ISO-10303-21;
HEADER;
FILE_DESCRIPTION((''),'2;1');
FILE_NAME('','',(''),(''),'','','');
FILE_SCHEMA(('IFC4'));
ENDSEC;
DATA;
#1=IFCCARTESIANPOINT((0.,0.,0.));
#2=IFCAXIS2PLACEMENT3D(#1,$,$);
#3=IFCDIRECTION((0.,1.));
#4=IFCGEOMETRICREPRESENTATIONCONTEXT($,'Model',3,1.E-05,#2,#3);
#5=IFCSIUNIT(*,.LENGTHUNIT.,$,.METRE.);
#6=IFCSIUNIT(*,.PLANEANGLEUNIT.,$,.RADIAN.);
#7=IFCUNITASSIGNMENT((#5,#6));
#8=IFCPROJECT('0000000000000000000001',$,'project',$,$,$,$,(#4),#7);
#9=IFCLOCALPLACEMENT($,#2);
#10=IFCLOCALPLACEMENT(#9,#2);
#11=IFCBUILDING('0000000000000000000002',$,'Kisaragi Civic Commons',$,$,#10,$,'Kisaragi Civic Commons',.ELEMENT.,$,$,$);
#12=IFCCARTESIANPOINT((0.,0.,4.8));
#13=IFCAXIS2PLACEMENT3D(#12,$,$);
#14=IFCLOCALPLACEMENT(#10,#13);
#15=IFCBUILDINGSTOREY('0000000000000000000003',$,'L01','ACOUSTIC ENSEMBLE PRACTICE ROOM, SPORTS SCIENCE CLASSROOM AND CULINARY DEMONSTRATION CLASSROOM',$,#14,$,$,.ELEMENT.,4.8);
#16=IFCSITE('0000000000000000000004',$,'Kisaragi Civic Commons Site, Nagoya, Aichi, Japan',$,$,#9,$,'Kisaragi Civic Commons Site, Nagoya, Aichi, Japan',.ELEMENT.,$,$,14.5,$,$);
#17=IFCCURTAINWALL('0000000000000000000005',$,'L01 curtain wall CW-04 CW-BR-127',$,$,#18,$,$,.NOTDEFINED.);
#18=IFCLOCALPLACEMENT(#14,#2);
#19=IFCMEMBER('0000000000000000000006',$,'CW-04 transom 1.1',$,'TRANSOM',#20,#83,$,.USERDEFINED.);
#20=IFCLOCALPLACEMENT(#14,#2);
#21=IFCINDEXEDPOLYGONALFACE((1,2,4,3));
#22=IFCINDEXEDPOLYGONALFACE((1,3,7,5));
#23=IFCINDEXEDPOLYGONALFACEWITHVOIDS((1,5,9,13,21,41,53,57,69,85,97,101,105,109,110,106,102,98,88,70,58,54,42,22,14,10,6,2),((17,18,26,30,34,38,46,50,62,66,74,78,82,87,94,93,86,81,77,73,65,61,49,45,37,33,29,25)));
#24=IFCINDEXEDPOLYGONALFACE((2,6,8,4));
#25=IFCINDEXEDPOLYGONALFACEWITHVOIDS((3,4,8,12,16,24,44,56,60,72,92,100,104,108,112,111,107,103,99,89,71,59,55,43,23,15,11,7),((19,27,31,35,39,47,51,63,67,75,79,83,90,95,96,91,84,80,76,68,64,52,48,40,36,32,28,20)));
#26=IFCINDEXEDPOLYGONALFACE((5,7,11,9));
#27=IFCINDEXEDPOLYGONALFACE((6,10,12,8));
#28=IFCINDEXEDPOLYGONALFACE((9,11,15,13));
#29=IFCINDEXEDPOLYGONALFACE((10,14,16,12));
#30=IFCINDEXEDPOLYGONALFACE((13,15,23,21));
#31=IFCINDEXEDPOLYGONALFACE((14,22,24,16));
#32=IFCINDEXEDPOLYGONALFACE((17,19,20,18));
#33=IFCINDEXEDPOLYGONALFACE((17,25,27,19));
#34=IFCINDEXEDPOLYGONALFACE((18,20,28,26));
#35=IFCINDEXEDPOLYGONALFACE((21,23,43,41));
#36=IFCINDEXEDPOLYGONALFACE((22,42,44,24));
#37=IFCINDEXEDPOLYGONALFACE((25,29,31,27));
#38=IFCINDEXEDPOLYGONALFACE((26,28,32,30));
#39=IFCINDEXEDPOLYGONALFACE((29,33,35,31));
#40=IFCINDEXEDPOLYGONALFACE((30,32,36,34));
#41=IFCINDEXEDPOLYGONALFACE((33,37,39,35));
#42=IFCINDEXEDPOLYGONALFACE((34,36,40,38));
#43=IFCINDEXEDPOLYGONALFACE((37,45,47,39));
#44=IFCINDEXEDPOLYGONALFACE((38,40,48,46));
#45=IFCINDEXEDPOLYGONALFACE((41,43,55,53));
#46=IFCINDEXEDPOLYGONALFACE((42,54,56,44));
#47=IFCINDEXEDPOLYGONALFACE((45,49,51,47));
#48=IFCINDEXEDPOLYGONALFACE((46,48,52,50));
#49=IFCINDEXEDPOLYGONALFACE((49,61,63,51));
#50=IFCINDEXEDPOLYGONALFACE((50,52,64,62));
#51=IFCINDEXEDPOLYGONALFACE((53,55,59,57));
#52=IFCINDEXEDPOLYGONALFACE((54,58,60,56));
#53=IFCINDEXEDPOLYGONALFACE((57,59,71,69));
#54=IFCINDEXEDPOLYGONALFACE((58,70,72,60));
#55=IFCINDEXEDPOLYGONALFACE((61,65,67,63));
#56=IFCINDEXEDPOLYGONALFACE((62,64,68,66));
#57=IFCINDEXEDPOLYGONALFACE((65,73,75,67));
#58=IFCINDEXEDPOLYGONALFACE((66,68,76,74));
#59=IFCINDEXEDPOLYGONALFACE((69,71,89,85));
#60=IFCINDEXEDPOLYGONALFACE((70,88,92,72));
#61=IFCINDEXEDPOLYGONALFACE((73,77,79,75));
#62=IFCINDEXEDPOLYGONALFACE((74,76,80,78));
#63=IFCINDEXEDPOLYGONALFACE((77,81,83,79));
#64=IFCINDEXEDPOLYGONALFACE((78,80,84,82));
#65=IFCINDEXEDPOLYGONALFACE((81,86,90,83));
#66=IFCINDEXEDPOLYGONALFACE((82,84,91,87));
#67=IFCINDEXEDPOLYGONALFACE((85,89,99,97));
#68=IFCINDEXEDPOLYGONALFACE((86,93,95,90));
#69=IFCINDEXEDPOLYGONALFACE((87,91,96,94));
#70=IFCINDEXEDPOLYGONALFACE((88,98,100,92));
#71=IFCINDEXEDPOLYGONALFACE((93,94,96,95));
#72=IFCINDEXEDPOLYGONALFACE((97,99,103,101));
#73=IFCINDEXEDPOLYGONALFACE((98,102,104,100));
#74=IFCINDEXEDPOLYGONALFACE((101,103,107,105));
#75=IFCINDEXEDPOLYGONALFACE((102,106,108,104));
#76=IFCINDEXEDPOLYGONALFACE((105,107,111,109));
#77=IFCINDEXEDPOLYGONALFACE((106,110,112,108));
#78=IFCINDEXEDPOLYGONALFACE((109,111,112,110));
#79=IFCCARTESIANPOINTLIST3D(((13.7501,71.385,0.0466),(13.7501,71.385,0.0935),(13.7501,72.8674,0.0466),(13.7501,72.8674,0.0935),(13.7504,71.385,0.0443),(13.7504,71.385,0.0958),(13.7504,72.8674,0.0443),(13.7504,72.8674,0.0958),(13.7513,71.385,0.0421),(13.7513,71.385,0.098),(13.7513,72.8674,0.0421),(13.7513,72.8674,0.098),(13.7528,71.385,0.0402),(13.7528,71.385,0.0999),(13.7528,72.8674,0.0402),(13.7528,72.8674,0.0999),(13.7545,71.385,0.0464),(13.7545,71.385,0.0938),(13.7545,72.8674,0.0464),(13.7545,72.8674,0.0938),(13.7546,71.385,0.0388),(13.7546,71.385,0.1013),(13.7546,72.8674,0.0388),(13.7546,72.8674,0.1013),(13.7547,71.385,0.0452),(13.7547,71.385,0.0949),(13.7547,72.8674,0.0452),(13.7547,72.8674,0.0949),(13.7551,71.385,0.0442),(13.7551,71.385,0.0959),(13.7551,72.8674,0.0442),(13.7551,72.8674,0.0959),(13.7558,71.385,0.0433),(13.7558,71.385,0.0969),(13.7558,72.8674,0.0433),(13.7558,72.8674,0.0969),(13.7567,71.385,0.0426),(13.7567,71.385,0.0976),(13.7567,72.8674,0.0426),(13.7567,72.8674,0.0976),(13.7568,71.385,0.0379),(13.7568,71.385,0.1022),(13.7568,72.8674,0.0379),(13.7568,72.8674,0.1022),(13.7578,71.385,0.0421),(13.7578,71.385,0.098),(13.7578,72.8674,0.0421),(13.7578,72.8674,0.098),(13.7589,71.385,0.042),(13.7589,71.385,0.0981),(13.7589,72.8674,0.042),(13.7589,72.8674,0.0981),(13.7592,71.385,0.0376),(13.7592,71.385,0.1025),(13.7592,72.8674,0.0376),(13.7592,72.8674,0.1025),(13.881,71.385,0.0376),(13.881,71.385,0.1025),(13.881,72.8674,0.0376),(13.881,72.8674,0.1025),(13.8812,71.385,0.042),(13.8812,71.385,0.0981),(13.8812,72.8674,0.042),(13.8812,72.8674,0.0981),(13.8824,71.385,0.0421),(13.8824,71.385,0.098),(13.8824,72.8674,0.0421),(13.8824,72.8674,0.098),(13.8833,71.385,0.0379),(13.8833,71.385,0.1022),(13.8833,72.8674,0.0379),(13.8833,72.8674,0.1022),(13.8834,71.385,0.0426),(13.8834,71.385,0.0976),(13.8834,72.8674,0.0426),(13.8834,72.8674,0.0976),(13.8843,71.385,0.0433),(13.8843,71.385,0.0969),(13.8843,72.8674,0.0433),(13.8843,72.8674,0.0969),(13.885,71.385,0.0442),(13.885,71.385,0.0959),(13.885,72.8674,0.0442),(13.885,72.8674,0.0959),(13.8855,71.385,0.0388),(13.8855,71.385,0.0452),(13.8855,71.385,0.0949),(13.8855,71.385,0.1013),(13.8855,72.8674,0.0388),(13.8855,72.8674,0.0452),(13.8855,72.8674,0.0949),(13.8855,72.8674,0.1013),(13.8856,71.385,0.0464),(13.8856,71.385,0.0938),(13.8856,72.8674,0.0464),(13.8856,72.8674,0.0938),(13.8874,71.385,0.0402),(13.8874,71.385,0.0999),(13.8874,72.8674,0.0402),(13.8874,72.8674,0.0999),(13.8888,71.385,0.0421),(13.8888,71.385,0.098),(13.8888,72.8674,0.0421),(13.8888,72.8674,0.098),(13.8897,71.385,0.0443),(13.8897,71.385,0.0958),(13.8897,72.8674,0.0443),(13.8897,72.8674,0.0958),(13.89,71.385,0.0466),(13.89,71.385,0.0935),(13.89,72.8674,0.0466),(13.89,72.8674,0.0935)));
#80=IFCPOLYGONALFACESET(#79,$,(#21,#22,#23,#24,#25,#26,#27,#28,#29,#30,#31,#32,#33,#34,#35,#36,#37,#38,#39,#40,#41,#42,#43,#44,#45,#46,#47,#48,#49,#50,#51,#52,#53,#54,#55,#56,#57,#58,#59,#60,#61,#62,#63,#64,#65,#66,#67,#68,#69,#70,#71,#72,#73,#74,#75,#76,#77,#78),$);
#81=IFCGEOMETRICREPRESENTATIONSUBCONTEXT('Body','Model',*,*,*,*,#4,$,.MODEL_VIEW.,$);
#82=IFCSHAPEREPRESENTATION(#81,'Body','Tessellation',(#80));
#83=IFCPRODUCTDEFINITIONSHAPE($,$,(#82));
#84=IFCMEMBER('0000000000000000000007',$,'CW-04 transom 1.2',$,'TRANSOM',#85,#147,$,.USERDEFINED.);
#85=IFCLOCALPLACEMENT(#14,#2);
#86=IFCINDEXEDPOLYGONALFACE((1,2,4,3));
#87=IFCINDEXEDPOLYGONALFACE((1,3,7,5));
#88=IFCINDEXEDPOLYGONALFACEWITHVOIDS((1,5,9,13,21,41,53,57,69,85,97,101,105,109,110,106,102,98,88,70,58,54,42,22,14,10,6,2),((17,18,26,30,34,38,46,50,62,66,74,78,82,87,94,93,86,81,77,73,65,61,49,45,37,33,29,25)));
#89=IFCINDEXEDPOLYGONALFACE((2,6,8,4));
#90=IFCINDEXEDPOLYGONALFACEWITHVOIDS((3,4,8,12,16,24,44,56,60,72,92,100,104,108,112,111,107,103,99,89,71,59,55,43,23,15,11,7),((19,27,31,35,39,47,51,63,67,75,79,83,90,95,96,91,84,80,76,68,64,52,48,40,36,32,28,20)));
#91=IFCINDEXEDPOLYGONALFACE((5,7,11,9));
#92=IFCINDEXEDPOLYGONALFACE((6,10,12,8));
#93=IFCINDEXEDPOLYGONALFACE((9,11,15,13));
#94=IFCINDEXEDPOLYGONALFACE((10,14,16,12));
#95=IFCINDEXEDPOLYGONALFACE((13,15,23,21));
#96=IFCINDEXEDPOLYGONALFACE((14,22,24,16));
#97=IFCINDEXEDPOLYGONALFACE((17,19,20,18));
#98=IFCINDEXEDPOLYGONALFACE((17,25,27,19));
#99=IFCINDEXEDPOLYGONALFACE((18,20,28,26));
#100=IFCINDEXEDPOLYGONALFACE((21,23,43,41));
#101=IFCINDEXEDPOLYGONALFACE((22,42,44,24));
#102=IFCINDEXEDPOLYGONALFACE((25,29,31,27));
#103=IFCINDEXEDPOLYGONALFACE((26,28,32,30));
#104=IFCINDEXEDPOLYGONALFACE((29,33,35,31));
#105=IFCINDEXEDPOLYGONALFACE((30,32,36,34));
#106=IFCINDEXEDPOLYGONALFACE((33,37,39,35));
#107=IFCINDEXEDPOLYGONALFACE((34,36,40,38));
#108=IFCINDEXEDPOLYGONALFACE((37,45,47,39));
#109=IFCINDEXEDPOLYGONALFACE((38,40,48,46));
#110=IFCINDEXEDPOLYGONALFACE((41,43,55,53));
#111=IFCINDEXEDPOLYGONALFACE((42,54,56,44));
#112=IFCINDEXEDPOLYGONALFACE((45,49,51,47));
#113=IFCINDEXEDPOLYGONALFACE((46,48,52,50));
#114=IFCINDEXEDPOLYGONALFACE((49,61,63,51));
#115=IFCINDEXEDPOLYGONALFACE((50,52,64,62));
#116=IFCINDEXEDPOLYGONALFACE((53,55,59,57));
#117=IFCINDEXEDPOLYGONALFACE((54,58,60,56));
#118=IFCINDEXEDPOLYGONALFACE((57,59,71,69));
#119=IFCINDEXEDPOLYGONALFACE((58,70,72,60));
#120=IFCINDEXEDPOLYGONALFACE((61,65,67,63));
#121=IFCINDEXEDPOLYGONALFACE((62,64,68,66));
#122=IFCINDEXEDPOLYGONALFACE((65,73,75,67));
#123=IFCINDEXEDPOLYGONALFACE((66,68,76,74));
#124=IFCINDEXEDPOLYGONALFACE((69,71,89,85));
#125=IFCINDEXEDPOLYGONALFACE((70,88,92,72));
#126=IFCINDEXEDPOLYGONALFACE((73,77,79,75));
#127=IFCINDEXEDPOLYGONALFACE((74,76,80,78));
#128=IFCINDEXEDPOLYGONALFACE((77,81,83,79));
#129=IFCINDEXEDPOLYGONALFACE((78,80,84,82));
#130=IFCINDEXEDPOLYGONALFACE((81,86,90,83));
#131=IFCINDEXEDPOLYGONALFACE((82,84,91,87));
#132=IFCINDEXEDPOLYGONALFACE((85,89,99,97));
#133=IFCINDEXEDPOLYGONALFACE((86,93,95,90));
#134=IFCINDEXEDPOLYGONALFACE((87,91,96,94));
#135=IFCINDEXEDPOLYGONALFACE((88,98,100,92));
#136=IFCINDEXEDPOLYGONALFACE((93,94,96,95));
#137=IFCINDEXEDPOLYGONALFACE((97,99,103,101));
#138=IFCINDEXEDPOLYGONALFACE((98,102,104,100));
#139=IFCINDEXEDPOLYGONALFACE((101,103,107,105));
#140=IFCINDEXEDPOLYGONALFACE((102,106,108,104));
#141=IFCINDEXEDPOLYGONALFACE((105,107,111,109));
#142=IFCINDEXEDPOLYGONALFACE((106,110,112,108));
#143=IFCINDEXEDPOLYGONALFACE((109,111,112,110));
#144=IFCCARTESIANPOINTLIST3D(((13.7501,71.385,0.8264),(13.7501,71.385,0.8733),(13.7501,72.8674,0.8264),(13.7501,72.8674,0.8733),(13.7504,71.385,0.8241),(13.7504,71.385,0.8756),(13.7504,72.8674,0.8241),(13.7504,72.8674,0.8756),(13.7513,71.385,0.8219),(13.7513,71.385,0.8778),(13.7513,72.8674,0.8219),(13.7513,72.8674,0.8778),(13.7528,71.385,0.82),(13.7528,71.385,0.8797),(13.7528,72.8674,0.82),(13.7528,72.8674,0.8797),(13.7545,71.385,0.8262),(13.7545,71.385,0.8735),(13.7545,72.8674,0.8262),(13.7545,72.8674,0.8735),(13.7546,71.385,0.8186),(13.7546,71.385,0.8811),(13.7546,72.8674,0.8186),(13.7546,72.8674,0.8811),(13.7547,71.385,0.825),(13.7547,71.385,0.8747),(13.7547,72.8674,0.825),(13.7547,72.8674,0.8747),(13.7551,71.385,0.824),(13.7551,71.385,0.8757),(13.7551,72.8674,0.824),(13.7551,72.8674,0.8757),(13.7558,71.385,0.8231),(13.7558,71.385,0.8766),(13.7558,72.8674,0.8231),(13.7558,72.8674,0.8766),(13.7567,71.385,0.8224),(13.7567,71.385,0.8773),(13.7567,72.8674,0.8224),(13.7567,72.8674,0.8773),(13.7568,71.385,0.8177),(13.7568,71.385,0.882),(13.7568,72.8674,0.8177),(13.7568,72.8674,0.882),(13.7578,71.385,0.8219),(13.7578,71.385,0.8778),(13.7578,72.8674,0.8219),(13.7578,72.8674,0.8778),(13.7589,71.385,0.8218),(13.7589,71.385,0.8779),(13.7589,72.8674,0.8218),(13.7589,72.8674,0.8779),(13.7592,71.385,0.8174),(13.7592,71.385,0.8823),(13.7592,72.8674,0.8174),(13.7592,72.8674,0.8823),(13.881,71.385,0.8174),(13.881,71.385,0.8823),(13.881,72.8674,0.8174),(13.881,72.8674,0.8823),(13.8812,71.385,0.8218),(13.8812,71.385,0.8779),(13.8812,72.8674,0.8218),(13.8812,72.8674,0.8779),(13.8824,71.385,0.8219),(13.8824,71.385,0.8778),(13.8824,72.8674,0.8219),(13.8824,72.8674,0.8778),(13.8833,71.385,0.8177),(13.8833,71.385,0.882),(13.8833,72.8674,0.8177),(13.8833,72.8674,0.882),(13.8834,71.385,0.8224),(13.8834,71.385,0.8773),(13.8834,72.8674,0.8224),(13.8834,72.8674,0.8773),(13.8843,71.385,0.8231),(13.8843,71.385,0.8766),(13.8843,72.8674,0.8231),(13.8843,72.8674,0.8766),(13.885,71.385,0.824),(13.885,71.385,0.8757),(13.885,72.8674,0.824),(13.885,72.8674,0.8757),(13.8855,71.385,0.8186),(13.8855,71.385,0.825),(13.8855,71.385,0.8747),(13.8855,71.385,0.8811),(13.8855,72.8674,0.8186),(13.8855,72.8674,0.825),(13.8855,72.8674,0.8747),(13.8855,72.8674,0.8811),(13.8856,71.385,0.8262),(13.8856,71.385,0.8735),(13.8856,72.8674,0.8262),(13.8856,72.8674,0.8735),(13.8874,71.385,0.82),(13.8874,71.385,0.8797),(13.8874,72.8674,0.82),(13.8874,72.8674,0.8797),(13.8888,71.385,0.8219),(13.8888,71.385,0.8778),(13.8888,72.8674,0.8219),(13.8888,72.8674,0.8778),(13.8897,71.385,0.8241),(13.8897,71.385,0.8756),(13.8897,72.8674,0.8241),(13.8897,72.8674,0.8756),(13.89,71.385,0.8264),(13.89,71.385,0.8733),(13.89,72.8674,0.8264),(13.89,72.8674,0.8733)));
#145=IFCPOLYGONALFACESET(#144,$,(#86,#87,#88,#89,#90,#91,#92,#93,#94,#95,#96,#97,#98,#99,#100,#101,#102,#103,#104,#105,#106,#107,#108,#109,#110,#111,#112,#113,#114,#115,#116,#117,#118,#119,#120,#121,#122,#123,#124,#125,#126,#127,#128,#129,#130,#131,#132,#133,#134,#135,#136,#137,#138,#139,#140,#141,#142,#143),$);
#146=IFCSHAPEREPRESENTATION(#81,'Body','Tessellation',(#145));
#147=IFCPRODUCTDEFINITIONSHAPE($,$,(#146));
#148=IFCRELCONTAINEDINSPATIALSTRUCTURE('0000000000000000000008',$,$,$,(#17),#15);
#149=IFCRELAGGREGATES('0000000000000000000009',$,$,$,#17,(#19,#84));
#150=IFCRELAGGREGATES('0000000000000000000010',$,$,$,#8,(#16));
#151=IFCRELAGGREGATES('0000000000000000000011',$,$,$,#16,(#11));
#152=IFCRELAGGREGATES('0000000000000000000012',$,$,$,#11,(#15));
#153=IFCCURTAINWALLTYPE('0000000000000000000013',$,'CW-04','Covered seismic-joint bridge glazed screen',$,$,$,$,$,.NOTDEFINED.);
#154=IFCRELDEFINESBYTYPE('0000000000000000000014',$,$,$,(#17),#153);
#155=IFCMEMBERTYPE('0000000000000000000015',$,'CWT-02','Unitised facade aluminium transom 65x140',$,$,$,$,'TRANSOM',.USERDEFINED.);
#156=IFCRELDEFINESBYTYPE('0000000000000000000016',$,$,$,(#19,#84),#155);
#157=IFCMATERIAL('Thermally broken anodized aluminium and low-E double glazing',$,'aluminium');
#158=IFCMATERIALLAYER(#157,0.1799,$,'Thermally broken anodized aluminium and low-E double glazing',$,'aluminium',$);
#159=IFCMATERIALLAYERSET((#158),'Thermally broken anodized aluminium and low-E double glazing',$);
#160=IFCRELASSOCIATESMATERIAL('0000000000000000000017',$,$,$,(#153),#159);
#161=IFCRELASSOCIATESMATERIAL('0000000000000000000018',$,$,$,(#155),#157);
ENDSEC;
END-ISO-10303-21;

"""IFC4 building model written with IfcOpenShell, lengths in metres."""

from ifc_helpers import new_model, si_unit, direction, frame, origin, origin_2d, place, context, subcontext, project, spatial, hollow_rectangle, extrude, material, layer, layer_set, material_profile, profile_set, type_object, element, aggregate, save


model = new_model("IFC4")

# Units and contexts
model_context = context("Model", 3, precision=1e-05, world=origin(), true_north=direction((0.0, 1.0)))
body_context = subcontext(model_context, "Body", "Model", "MODEL_VIEW")
ifc_project = project(units=[si_unit("LENGTHUNIT", "METRE"), si_unit("PLANEANGLEUNIT", "RADIAN")], contexts=[model_context])

# Site, building, storey
site_placement = place(None, origin())
site = spatial("IfcSite", under=ifc_project, at=site_placement, Name="Kisaragi Civic Commons Site, Nagoya, Aichi, Japan", LongName="Kisaragi Civic Commons Site, Nagoya, Aichi, Japan", CompositionType="ELEMENT", RefElevation=14.5)
building_placement = place(site_placement, origin())
building = spatial("IfcBuilding", under=site, at=building_placement, Name="Kisaragi Civic Commons", LongName="Kisaragi Civic Commons", CompositionType="ELEMENT")
storey_placement = place(building_placement, frame((0.0, 0.0, 4.8)))
storey = spatial("IfcBuildingStorey", under=building, at=storey_placement, Name="L01", Description="ACOUSTIC ENSEMBLE PRACTICE ROOM, SPORTS SCIENCE CLASSROOM AND CULINARY DEMONSTRATION CLASSROOM", CompositionType="ELEMENT", Elevation=4.8)

# Shared definitions
ifc_material_1 = material(Name="Thermally broken anodized aluminium and low-E double glazing", Category="aluminium")
ifc_layer_1 = layer(ifc_material_1, 0.1799, Name="Thermally broken anodized aluminium and low-E double glazing", Category="aluminium")
ifc_layer_set_1 = layer_set([ifc_layer_1], Name="Thermally broken anodized aluminium and low-E double glazing")
curtain_wall_type = type_object("IfcCurtainWallType", Name="CW-04", Description="Covered seismic-joint bridge glazed screen", PredefinedType="NOTDEFINED", material=ifc_layer_set_1)

# Curtain wall
curtain_wall_1_placement = place(storey_placement, origin())
curtain_wall_1 = element("IfcCurtainWall", 1, at=curtain_wall_1_placement, inside=storey, type_object=curtain_wall_type, Name="L01 curtain wall CW-04 CW-BR-127", PredefinedType="NOTDEFINED")

# Members
ifc_material_profile_1 = material_profile(ifc_material_1, hollow_rectangle(XDim=0.1399, YDim=0.0649, WallThickness=0.0044, InnerFilletRadius=0.0044, OuterFilletRadius=0.009, at=origin_2d()), Name="CWT-65x140x4.5", Category="aluminium")
ifc_profile_set_1 = profile_set([ifc_material_profile_1], Name="Thermally broken anodized aluminium and low-E double glazing")
member_type_1 = type_object("IfcMemberType", Name="CWT-02", Description="Unitised facade aluminium transom 65x140", ElementType="TRANSOM", PredefinedType="USERDEFINED", material=ifc_profile_set_1)
member_1_placement = place(storey_placement, frame((13.8201, 71.385, 0.0701), z_axis=(0.0, 1.0, 0.0), x_axis=(-1.0, 0.0, 0.0)))
member_1 = element("IfcMember", 2, at=member_1_placement, type_object=member_type_1, Name="CW-04 transom 1.1", ObjectType="TRANSOM", PredefinedType="USERDEFINED", context=body_context, shape_type="SweptSolid", body=[
    extrude(hollow_rectangle(XDim=0.1399, YDim=0.0649, WallThickness=0.0044, InnerFilletRadius=0.0044, OuterFilletRadius=0.009, at=origin_2d()), origin(), (0.0, 0.0, 1.0), 1.4824),
])
member_2_placement = place(storey_placement, frame((13.8201, 71.385, 0.8499), z_axis=(0.0, 1.0, 0.0), x_axis=(-1.0, 0.0, 0.0)))
member_2 = element("IfcMember", 3, at=member_2_placement, type_object=member_type_1, Name="CW-04 transom 1.2", ObjectType="TRANSOM", PredefinedType="USERDEFINED", context=body_context, shape_type="SweptSolid", body=[
    extrude(hollow_rectangle(XDim=0.1399, YDim=0.0649, WallThickness=0.0044, InnerFilletRadius=0.0044, OuterFilletRadius=0.009, at=origin_2d()), origin(), (0.0, 0.0, 1.0), 1.4824),
])

aggregate(curtain_wall_1, [member_1, member_2])

save(model, "model.ifc")
